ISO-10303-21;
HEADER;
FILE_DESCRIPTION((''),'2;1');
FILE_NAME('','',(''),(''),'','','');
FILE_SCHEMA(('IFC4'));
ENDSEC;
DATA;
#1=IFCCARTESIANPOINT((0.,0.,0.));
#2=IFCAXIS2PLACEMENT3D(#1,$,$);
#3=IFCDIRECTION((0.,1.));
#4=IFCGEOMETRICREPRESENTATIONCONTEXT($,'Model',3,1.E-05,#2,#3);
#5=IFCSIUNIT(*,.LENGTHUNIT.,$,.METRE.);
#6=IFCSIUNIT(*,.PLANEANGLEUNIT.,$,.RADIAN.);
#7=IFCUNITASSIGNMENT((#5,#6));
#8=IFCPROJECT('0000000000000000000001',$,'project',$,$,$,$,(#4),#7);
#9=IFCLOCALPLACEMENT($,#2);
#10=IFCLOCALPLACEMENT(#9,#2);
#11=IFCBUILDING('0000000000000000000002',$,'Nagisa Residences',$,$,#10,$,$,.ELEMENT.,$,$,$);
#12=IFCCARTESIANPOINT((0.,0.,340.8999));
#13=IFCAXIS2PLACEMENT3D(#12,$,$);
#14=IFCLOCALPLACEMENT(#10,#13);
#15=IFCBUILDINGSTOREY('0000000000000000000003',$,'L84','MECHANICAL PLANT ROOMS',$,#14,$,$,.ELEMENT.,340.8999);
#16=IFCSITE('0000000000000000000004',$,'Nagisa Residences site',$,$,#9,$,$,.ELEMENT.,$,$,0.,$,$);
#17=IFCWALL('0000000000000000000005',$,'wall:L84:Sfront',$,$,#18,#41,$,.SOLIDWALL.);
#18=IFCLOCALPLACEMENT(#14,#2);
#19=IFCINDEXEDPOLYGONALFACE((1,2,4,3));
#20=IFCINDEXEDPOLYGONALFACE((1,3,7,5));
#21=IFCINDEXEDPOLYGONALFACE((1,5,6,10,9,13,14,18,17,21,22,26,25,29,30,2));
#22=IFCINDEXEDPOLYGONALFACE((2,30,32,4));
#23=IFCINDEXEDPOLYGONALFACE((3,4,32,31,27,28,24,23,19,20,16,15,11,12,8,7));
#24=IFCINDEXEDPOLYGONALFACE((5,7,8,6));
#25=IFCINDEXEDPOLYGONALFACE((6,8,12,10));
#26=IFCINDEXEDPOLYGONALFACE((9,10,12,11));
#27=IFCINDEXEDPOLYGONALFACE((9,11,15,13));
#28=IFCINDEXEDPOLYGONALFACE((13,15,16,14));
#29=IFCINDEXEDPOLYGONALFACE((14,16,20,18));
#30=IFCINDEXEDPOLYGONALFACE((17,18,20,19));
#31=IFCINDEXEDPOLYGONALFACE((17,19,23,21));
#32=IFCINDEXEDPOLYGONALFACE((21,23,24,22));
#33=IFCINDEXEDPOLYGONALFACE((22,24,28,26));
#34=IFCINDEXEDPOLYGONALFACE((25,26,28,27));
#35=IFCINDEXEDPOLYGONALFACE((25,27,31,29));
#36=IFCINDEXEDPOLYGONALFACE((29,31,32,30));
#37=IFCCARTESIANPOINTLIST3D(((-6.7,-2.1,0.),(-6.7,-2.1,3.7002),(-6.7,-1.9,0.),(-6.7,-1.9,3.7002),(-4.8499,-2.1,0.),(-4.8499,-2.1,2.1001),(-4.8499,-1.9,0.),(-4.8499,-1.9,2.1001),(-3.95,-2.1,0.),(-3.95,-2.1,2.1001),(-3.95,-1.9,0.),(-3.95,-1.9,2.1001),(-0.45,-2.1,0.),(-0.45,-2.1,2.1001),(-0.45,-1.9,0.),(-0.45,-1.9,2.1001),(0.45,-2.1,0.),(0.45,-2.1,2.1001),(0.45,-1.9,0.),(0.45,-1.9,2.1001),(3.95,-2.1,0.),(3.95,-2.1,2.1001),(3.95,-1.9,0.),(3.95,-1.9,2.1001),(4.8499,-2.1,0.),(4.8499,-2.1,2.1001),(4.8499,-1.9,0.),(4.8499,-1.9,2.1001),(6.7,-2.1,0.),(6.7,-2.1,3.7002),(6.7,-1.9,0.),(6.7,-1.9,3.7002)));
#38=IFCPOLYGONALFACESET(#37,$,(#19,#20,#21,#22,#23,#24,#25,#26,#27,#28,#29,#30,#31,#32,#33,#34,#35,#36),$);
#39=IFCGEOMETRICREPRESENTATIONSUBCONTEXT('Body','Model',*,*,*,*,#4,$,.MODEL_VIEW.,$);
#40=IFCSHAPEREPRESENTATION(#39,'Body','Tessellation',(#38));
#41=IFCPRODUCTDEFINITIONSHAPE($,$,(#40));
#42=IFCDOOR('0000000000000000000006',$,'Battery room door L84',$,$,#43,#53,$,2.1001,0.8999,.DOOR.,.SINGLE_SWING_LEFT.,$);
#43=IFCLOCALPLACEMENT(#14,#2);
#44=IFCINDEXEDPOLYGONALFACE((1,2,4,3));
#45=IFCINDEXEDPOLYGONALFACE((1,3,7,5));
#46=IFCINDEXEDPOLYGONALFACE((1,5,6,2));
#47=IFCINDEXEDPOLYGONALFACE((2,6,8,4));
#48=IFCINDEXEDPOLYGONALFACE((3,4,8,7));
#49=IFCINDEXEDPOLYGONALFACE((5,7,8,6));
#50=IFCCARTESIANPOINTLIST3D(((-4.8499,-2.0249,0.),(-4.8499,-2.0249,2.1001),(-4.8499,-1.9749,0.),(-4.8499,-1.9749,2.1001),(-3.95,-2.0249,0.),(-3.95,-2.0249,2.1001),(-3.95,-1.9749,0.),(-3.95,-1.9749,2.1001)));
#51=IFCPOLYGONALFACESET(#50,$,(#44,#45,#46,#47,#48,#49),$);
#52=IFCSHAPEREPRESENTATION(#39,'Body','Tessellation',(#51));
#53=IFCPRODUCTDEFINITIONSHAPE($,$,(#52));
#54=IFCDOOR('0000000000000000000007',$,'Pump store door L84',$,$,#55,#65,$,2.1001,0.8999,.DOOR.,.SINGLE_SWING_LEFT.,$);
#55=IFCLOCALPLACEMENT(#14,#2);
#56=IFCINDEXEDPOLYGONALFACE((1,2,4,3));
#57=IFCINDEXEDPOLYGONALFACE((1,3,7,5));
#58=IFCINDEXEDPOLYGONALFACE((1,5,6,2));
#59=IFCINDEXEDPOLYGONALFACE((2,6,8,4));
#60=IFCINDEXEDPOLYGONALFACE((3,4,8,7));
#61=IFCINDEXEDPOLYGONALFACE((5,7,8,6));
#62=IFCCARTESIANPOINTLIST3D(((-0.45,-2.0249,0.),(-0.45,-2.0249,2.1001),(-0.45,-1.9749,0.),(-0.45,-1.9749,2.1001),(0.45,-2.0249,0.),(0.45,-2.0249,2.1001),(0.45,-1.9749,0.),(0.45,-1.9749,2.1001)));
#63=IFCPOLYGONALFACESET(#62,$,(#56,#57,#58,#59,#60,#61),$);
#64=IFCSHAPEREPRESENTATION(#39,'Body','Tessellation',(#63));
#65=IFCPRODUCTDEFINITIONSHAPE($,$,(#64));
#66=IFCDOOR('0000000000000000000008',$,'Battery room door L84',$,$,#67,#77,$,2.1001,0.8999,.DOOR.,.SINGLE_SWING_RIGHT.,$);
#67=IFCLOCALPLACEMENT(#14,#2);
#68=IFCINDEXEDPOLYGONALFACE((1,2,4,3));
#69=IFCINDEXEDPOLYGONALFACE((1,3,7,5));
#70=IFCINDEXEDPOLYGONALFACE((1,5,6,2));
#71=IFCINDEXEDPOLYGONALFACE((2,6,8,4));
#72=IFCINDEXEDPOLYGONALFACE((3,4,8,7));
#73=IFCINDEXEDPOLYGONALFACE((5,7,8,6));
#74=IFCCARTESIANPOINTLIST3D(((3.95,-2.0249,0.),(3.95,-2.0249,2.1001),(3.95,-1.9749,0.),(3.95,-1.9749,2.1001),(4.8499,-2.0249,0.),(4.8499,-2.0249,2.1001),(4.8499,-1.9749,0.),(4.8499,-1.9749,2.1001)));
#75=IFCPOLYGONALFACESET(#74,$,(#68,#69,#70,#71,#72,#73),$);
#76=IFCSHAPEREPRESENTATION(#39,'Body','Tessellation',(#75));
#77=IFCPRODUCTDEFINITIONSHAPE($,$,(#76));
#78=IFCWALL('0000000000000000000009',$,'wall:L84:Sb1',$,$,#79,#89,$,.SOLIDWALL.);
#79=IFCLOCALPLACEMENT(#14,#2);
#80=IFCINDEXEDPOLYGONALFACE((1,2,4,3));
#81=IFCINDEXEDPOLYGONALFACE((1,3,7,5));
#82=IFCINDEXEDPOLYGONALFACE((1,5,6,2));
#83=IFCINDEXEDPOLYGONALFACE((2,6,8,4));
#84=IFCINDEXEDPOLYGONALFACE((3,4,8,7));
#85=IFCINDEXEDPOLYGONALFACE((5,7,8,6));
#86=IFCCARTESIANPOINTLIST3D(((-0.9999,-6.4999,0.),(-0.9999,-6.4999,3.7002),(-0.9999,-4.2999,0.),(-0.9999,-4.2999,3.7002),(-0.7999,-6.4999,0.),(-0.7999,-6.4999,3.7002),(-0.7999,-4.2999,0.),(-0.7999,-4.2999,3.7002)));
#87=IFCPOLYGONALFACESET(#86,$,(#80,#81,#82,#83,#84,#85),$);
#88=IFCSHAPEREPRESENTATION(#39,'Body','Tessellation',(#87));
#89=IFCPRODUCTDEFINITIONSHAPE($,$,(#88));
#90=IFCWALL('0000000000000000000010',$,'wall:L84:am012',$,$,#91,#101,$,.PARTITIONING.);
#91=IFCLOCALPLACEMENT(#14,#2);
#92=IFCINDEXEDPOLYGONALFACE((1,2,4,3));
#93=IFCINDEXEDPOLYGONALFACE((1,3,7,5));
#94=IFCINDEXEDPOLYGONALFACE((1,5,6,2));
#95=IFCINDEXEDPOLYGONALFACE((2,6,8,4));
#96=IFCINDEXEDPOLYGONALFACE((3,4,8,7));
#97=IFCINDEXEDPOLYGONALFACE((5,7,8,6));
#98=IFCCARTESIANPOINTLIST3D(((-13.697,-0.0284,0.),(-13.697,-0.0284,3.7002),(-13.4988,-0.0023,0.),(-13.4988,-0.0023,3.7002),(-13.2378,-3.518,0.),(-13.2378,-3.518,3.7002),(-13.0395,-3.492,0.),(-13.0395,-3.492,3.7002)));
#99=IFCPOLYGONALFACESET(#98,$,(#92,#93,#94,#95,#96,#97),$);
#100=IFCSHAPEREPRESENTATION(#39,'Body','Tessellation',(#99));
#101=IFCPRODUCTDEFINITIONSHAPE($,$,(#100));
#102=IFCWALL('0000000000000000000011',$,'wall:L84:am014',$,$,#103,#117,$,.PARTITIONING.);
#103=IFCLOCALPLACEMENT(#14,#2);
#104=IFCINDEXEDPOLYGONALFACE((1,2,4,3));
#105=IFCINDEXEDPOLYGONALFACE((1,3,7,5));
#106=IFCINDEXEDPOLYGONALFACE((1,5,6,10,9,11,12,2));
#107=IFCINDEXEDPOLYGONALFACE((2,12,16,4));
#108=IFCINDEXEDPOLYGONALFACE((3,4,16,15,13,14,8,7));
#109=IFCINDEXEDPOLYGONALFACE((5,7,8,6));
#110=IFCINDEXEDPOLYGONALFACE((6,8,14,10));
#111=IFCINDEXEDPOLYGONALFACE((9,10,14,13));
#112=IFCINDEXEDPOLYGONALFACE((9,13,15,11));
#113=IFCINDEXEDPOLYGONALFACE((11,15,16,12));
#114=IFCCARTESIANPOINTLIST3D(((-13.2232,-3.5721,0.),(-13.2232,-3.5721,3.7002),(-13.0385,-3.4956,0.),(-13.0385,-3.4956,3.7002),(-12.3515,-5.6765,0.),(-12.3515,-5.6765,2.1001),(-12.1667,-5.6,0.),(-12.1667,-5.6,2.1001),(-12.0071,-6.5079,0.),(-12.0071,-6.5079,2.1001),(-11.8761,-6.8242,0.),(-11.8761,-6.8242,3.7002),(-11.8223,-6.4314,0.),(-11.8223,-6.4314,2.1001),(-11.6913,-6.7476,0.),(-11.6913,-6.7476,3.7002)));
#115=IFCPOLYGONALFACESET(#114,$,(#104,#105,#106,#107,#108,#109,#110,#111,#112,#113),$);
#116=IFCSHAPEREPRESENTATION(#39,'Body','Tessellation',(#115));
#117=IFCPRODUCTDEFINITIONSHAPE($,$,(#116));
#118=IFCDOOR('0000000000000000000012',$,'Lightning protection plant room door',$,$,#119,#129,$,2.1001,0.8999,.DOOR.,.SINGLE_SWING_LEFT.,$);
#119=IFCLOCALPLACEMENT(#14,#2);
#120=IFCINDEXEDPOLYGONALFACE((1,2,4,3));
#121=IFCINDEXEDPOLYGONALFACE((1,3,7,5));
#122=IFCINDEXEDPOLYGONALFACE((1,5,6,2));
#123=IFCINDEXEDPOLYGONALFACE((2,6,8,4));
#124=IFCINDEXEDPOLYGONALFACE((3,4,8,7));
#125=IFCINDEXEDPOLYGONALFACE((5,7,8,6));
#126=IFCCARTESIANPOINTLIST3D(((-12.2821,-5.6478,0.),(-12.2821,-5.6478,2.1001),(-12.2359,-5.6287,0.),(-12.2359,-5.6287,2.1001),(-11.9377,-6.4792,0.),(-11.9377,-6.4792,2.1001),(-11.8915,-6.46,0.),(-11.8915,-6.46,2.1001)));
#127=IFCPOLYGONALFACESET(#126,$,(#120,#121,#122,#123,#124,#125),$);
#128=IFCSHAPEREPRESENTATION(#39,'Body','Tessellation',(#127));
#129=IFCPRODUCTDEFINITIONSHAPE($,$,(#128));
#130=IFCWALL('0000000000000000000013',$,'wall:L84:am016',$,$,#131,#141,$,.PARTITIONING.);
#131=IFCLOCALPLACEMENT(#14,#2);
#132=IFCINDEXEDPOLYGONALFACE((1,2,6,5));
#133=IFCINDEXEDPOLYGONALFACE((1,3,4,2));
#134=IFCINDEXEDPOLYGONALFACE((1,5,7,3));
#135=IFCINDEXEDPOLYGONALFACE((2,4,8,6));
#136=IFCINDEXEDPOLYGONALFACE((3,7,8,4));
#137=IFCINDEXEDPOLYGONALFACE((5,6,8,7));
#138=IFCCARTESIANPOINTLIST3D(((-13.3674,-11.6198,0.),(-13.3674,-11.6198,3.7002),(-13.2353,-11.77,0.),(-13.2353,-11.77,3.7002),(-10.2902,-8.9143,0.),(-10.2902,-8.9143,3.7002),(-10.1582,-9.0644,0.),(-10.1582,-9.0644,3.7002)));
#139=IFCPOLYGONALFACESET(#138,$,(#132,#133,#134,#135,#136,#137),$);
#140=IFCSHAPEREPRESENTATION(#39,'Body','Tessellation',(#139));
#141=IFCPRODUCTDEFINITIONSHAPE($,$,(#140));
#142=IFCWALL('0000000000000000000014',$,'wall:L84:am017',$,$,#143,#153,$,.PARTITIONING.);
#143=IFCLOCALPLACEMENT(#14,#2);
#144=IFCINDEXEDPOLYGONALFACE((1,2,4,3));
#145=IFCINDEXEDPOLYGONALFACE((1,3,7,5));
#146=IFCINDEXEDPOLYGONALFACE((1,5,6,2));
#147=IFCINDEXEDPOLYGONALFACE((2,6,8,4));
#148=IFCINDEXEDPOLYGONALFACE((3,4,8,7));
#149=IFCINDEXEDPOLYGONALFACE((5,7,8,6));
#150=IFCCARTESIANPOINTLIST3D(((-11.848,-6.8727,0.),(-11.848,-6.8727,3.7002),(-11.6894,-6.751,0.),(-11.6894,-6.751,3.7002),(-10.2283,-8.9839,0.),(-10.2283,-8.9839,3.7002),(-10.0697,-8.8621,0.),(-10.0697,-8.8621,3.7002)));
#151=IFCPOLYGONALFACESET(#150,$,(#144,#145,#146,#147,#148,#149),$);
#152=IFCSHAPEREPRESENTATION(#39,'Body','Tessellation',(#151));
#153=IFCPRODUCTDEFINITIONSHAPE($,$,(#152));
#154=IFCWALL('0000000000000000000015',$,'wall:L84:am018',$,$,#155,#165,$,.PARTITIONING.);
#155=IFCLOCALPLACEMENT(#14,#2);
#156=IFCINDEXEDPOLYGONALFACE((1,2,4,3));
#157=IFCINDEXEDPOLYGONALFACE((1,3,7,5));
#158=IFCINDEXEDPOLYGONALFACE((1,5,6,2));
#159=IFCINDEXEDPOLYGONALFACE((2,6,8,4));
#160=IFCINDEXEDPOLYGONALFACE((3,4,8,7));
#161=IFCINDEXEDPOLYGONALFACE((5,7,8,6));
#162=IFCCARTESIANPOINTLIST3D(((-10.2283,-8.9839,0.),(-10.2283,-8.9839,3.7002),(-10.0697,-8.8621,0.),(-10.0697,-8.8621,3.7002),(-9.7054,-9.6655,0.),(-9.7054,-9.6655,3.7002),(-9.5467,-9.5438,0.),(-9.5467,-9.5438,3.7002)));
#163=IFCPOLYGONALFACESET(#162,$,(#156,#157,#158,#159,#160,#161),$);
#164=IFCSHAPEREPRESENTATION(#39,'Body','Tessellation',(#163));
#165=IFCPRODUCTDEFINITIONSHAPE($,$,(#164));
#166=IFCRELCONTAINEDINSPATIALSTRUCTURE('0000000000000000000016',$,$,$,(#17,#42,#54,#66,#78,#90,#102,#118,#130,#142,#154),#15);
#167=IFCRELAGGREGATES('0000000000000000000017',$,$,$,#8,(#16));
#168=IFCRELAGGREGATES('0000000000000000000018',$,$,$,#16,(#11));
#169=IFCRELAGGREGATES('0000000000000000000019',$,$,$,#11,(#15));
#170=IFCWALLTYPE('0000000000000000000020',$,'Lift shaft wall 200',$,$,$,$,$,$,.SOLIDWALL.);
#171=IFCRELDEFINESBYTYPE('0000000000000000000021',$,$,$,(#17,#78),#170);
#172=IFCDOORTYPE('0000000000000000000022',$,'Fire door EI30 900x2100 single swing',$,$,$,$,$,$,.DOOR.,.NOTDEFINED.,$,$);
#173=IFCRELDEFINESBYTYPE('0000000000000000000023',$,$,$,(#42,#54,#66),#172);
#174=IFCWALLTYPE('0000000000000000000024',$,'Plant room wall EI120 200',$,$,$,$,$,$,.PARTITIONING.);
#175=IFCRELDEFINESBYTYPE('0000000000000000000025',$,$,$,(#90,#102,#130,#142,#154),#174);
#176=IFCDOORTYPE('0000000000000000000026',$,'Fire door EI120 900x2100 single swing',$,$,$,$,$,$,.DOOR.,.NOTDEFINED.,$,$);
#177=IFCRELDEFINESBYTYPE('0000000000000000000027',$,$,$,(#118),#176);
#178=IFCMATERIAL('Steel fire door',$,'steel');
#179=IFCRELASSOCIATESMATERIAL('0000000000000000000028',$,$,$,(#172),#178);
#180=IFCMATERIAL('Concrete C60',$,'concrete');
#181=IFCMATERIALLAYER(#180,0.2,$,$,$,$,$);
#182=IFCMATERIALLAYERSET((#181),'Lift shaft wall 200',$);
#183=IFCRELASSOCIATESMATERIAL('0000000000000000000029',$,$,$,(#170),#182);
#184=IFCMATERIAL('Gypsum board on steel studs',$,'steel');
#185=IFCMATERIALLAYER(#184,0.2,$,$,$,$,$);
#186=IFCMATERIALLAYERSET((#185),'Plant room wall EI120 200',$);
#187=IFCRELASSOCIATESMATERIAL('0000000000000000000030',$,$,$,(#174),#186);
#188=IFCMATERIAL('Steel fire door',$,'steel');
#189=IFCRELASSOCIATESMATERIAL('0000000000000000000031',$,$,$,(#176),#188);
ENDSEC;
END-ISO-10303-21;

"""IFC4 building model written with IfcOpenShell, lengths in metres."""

from ifc_helpers import new_model, si_unit, direction, frame, frame_2d, origin, place, context, subcontext, project, spatial, rectangle, extrude, material, layer, layer_set, type_object, element, fill, save


model = new_model("IFC4")

# Units and contexts
model_context = context("Model", 3, precision=1e-05, world=origin(), true_north=direction((0.0, 1.0)))
body_context = subcontext(model_context, "Body", "Model", "MODEL_VIEW")
ifc_project = project(units=[si_unit("LENGTHUNIT", "METRE"), si_unit("PLANEANGLEUNIT", "RADIAN")], contexts=[model_context])

# Site, building, storey
site_placement = place(None, origin())
site = spatial("IfcSite", under=ifc_project, at=site_placement, Name="Nagisa Residences site", CompositionType="ELEMENT", RefElevation=0.0)
building_placement = place(site_placement, origin())
building = spatial("IfcBuilding", under=site, at=building_placement, Name="Nagisa Residences", CompositionType="ELEMENT")
storey_placement = place(building_placement, frame((0.0, 0.0, 340.8999)))
storey = spatial("IfcBuildingStorey", under=building, at=storey_placement, Name="L84", Description="MECHANICAL PLANT ROOMS", CompositionType="ELEMENT", Elevation=340.8999)

# Shared definitions
ifc_material_1 = material(Name="Steel fire door", Category="steel")
door_type_1 = type_object("IfcDoorType", Name="Fire door EI30 900x2100 single swing", OperationType="NOTDEFINED", PredefinedType="DOOR", material=ifc_material_1)

# Shared definitions
ifc_material_2 = material(Name="Concrete C60", Category="concrete")
ifc_layer_1 = layer(ifc_material_2, 0.2)
ifc_layer_set_1 = layer_set([ifc_layer_1], Name="Lift shaft wall 200")
wall_type_1 = type_object("IfcWallType", Name="Lift shaft wall 200", PredefinedType="SOLIDWALL", material=ifc_layer_set_1)

# Wall, openings, doors
wall_1_placement = place(storey_placement, frame((-6.7, -2.0, 0.0), z_axis=(0.0, 0.0, 1.0), x_axis=(1.0, 0.0, 0.0)))
wall_1 = element("IfcWall", 1, at=wall_1_placement, inside=storey, type_object=wall_type_1, Name="wall:L84:Sfront", PredefinedType="SOLIDWALL", context=body_context, shape_type="SweptSolid", body=[
    extrude(rectangle(XDim=13.3999, YDim=0.2, at=frame_2d((6.7, 0.0))), origin(), (0.0, 0.0, 1.0), 3.7002),
])
opening_1_placement = place(wall_1_placement, frame((1.8501, 0.0, 0.0)))
opening_1 = element("IfcOpeningElement", 2, at=opening_1_placement, cuts=wall_1, PredefinedType="OPENING", context=body_context, shape_type="SweptSolid", body=[
    extrude(rectangle(XDim=0.8999, YDim=2.1001, at=frame_2d((0.45, 1.05))), frame((0.0, 0.1099, 0.0), z_axis=(0.0, -1.0, 0.0), x_axis=(1.0, 0.0, 0.0)), (0.0, 0.0, 1.0), 0.22),
])
opening_2_placement = place(wall_1_placement, frame((6.25, 0.0, 0.0)))
opening_2 = element("IfcOpeningElement", 3, at=opening_2_placement, cuts=wall_1, PredefinedType="OPENING", context=body_context, shape_type="SweptSolid", body=[
    extrude(rectangle(XDim=0.8999, YDim=2.1001, at=frame_2d((0.45, 1.05))), frame((0.0, 0.1099, 0.0), z_axis=(0.0, -1.0, 0.0), x_axis=(1.0, 0.0, 0.0)), (0.0, 0.0, 1.0), 0.22),
])
opening_3_placement = place(wall_1_placement, frame((10.6499, 0.0, 0.0)))
opening_3 = element("IfcOpeningElement", 4, at=opening_3_placement, cuts=wall_1, PredefinedType="OPENING", context=body_context, shape_type="SweptSolid", body=[
    extrude(rectangle(XDim=0.8999, YDim=2.1001, at=frame_2d((0.45, 1.05))), frame((0.0, 0.1099, 0.0), z_axis=(0.0, -1.0, 0.0), x_axis=(1.0, 0.0, 0.0)), (0.0, 0.0, 1.0), 0.22),
])
door_1_placement = place(opening_1_placement, frame((0.8999, 0.0, 0.0), x_axis=(-1.0, 0.0, 0.0)))
door_1 = element("IfcDoor", 5, at=door_1_placement, inside=storey, type_object=door_type_1, Name="Battery room door L84", OperationType="SINGLE_SWING_LEFT", OverallHeight=2.1001, OverallWidth=0.8999, PredefinedType="DOOR", context=body_context, shape_type="SweptSolid", body=[
    extrude(rectangle(XDim=0.8999, YDim=2.1001, at=frame_2d((0.45, 1.05))), frame((0.0, 0.0249, 0.0), z_axis=(0.0, -1.0, 0.0), x_axis=(1.0, 0.0, 0.0)), (0.0, 0.0, 1.0), 0.05),
])
fill(opening_1, door_1)
door_2_placement = place(opening_2_placement, frame((0.8999, 0.0, 0.0), x_axis=(-1.0, 0.0, 0.0)))
door_2 = element("IfcDoor", 6, at=door_2_placement, inside=storey, type_object=door_type_1, Name="Pump store door L84", OperationType="SINGLE_SWING_LEFT", OverallHeight=2.1001, OverallWidth=0.8999, PredefinedType="DOOR", context=body_context, shape_type="SweptSolid", body=[
    extrude(rectangle(XDim=0.8999, YDim=2.1001, at=frame_2d((0.45, 1.05))), frame((0.0, 0.0249, 0.0), z_axis=(0.0, -1.0, 0.0), x_axis=(1.0, 0.0, 0.0)), (0.0, 0.0, 1.0), 0.05),
])
fill(opening_2, door_2)
door_3_placement = place(opening_3_placement, frame((0.8999, 0.0, 0.0), x_axis=(-1.0, 0.0, 0.0)))
door_3 = element("IfcDoor", 7, at=door_3_placement, inside=storey, type_object=door_type_1, Name="Battery room door L84", OperationType="SINGLE_SWING_RIGHT", OverallHeight=2.1001, OverallWidth=0.8999, PredefinedType="DOOR", context=body_context, shape_type="SweptSolid", body=[
    extrude(rectangle(XDim=0.8999, YDim=2.1001, at=frame_2d((0.45, 1.05))), frame((0.0, 0.0249, 0.0), z_axis=(0.0, -1.0, 0.0), x_axis=(1.0, 0.0, 0.0)), (0.0, 0.0, 1.0), 0.05),
])
fill(opening_3, door_3)

# Walls
wall_2_placement = place(storey_placement, frame((-0.8999, -6.5, 0.0), z_axis=(0.0, 0.0, 1.0), x_axis=(0.0, 1.0, 0.0)))
element("IfcWall", 8, at=wall_2_placement, inside=storey, type_object=wall_type_1, Name="wall:L84:Sb1", PredefinedType="SOLIDWALL", context=body_context, shape_type="SweptSolid", body=[
    extrude(rectangle(XDim=2.2, YDim=0.2, at=frame_2d((1.1001, 0.0))), origin(), (0.0, 0.0, 1.0), 3.7002),
])
ifc_material_3 = material(Name="Gypsum board on steel studs", Category="steel")
ifc_layer_2 = layer(ifc_material_3, 0.2)
ifc_layer_set_2 = layer_set([ifc_layer_2], Name="Plant room wall EI120 200")
wall_type_2 = type_object("IfcWallType", Name="Plant room wall EI120 200", PredefinedType="PARTITIONING", material=ifc_layer_set_2)
wall_3_placement = place(storey_placement, frame((-13.1387, -3.5049, 0.0), z_axis=(0.0, 0.0, 1.0), x_axis=(-0.130469, 0.991452, 0.0)))
element("IfcWall", 9, at=wall_3_placement, inside=storey, type_object=wall_type_2, Name="wall:L84:am012", PredefinedType="PARTITIONING", context=body_context, shape_type="SweptSolid", body=[
    extrude(rectangle(XDim=3.5198, YDim=0.2, at=frame_2d((1.7598, 0.0))), origin(), (0.0, 0.0, 1.0), 3.7002),
])

# Wall, opening, door
wall_4_placement = place(storey_placement, frame((-11.7837, -6.7859, 0.0), z_axis=(0.0, 0.0, 1.0), x_axis=(-0.382723, 0.923863, 0.0)))
wall_4 = element("IfcWall", 10, at=wall_4_placement, inside=storey, type_object=wall_type_2, Name="wall:L84:am014", PredefinedType="PARTITIONING", context=body_context, shape_type="SweptSolid", body=[
    extrude(rectangle(XDim=3.52, YDim=0.2, at=frame_2d((1.76, 0.0))), origin(), (0.0, 0.0, 1.0), 3.7002),
])
opening_4_placement = place(wall_4_placement, frame((0.3423, 0.0, 0.0)))
opening_4 = element("IfcOpeningElement", 11, at=opening_4_placement, cuts=wall_4, PredefinedType="OPENING", context=body_context, shape_type="SweptSolid", body=[
    extrude(rectangle(XDim=0.8999, YDim=2.1001, at=frame_2d((0.45, 1.05))), frame((0.0, 0.1099, 0.0), z_axis=(0.0, -1.0, 0.0), x_axis=(1.0, 0.0, 0.0)), (0.0, 0.0, 1.0), 0.22),
])
ifc_material_4 = material(Name="Steel fire door", Category="steel")
door_type_2 = type_object("IfcDoorType", Name="Fire door EI120 900x2100 single swing", OperationType="NOTDEFINED", PredefinedType="DOOR", material=ifc_material_4)
door_4_placement = place(opening_4_placement, origin())
door_4 = element("IfcDoor", 12, at=door_4_placement, inside=storey, type_object=door_type_2, Name="Lightning protection plant room door", OperationType="SINGLE_SWING_LEFT", OverallHeight=2.1001, OverallWidth=0.8999, PredefinedType="DOOR", context=body_context, shape_type="SweptSolid", body=[
    extrude(rectangle(XDim=0.8999, YDim=2.1001, at=frame_2d((0.45, 1.05))), frame((0.0, 0.0249, 0.0), z_axis=(0.0, -1.0, 0.0), x_axis=(1.0, 0.0, 0.0)), (0.0, 0.0, 1.0), 0.05),
])
fill(opening_4, door_4)

# Walls
wall_5_placement = place(storey_placement, frame((-10.2241, -8.9893, 0.0), z_axis=(0.0, 0.0, 1.0), x_axis=(-0.750995, -0.660308, 0.0)))
element("IfcWall", 13, at=wall_5_placement, inside=storey, type_object=wall_type_2, Name="wall:L84:am016", PredefinedType="PARTITIONING", context=body_context, shape_type="SweptSolid", body=[
    extrude(rectangle(XDim=4.0974, YDim=0.2, at=frame_2d((2.0488, 0.0))), origin(), (0.0, 0.0, 1.0), 3.7002),
])
wall_6_placement = place(storey_placement, frame((-10.1489, -8.9231, 0.0), z_axis=(0.0, 0.0, 1.0), x_axis=(-0.608699, 0.793401, 0.0)))
element("IfcWall", 14, at=wall_6_placement, inside=storey, type_object=wall_type_2, Name="wall:L84:am017", PredefinedType="PARTITIONING", context=body_context, shape_type="SweptSolid", body=[
    extrude(rectangle(XDim=2.6609, YDim=0.2, at=frame_2d((1.3306, 0.0))), origin(), (0.0, 0.0, 1.0), 3.7002),
])
wall_7_placement = place(storey_placement, frame((-9.626, -9.6047, 0.0), z_axis=(0.0, 0.0, 1.0), x_axis=(-0.608694, 0.793405, 0.0)))
element("IfcWall", 15, at=wall_7_placement, inside=storey, type_object=wall_type_2, Name="wall:L84:am018", PredefinedType="PARTITIONING", context=body_context, shape_type="SweptSolid", body=[
    extrude(rectangle(XDim=0.8591, YDim=0.2, at=frame_2d((0.4297, 0.0))), origin(), (0.0, 0.0, 1.0), 3.7002),
])

save(model, "model.ifc")
